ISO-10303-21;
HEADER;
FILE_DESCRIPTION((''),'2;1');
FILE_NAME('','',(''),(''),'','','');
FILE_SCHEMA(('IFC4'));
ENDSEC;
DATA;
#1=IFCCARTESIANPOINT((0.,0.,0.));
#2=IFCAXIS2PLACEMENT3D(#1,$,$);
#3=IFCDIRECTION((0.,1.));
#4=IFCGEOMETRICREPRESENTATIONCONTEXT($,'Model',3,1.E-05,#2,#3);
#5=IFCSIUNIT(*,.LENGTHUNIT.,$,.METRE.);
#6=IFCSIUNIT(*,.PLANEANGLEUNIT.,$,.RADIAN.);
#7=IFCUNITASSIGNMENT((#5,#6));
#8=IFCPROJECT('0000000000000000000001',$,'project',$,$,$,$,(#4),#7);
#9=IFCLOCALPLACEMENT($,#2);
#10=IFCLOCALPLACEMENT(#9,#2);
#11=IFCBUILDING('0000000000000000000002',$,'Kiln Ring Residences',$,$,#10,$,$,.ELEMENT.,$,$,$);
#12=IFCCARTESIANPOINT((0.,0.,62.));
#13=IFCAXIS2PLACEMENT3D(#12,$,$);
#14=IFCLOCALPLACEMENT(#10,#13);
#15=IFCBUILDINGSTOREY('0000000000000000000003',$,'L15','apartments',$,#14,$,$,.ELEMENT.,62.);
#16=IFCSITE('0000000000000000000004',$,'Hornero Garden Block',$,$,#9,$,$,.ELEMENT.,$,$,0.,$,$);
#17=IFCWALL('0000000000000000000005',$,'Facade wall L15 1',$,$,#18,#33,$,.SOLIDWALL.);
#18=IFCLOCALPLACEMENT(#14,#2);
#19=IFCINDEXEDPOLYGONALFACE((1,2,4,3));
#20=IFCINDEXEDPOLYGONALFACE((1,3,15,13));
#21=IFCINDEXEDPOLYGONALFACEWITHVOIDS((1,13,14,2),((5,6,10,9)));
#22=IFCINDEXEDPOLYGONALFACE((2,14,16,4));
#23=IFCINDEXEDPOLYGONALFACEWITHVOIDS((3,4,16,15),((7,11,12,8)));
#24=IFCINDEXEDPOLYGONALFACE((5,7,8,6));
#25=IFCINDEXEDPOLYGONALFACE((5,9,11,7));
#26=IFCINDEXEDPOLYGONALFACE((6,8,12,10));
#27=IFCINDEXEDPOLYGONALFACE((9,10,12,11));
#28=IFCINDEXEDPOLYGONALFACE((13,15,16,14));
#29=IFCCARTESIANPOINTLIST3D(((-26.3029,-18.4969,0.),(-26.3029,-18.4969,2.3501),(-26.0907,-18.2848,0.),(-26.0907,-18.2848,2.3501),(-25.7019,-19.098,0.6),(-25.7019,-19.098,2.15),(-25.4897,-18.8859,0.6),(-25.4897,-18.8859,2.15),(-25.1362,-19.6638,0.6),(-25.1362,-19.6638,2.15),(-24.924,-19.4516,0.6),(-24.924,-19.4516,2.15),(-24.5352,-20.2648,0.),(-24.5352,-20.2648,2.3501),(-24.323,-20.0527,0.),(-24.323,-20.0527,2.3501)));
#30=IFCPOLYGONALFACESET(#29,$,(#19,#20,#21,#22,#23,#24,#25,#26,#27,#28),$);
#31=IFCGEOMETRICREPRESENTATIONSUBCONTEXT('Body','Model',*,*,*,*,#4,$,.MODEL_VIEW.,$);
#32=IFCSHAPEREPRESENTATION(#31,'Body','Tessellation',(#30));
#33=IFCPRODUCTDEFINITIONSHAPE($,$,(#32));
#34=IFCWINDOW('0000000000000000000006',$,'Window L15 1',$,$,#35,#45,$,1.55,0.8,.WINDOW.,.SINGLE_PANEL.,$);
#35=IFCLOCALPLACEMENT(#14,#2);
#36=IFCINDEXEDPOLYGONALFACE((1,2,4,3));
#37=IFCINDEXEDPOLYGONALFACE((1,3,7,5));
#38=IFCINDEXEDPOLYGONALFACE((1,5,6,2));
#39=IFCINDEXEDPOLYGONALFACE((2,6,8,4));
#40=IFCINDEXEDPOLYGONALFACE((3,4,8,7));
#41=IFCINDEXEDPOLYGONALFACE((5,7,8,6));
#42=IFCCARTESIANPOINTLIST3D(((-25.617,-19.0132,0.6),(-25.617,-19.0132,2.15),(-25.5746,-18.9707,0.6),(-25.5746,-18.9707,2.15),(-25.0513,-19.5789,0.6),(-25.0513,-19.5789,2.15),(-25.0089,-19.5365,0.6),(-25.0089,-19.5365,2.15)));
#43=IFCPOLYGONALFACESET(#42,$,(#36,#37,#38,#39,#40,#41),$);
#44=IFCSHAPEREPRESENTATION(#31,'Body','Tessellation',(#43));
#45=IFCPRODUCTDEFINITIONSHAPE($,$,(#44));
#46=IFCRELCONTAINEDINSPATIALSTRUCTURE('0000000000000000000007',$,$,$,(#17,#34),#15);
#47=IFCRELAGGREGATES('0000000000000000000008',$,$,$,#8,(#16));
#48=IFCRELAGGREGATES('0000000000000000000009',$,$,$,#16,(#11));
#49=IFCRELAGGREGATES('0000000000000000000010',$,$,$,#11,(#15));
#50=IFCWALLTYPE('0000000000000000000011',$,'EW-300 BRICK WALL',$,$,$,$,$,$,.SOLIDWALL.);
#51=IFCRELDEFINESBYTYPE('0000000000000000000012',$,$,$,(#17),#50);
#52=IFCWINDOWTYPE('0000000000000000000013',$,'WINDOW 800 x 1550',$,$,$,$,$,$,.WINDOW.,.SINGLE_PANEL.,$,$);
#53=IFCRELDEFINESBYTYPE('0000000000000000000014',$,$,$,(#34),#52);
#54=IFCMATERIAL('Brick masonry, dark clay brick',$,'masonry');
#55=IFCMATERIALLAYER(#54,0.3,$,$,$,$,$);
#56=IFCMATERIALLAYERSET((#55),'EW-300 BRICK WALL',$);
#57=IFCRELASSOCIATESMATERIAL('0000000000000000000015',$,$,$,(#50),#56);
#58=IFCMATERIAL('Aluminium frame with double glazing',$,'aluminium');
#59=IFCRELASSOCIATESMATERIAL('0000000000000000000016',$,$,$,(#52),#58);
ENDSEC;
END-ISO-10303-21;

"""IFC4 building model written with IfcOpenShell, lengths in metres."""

from ifc_helpers import new_model, si_unit, direction, frame, frame_2d, origin, place, context, subcontext, project, spatial, rectangle, extrude, material, layer, layer_set, type_object, element, fill, save


model = new_model("IFC4")

# Units and contexts
model_context = context("Model", 3, precision=1e-05, world=origin(), true_north=direction((0.0, 1.0)))
body_context = subcontext(model_context, "Body", "Model", "MODEL_VIEW")
ifc_project = project(units=[si_unit("LENGTHUNIT", "METRE"), si_unit("PLANEANGLEUNIT", "RADIAN")], contexts=[model_context])

# Site, building, storey
site_placement = place(None, origin())
site = spatial("IfcSite", under=ifc_project, at=site_placement, Name="Hornero Garden Block", CompositionType="ELEMENT", RefElevation=0.0)
building_placement = place(site_placement, origin())
building = spatial("IfcBuilding", under=site, at=building_placement, Name="Kiln Ring Residences", CompositionType="ELEMENT")
storey_placement = place(building_placement, frame((0.0, 0.0, 62.0)))
storey = spatial("IfcBuildingStorey", under=building, at=storey_placement, Name="L15", Description="apartments", CompositionType="ELEMENT", Elevation=62.0)

# Wall, opening, window
ifc_material_1 = material(Name="Brick masonry, dark clay brick", Category="masonry")
ifc_layer_1 = layer(ifc_material_1, 0.3)
ifc_layer_set_1 = layer_set([ifc_layer_1], Name="EW-300 BRICK WALL")
wall_type_1 = type_object("IfcWallType", Name="EW-300 BRICK WALL", PredefinedType="SOLIDWALL", material=ifc_layer_set_1)
wall_1_placement = place(storey_placement, frame((-26.1968, -18.3909, 0.0), z_axis=(0.0, 0.0, 1.0), x_axis=(0.707058, -0.707156, 0.0)))
wall_1 = element("IfcWall", 1, at=wall_1_placement, inside=storey, type_object=wall_type_1, Name="Facade wall L15 1", PredefinedType="SOLIDWALL", context=body_context, shape_type="SweptSolid", body=[
    extrude(rectangle(XDim=2.5, YDim=0.3, at=frame_2d((1.25, 0.0))), origin(), (0.0, 0.0, 1.0), 2.3501),
])
opening_1_placement = place(wall_1_placement, frame((0.8501, 0.0, 0.6001)))
opening_1 = element("IfcOpeningElement", 2, at=opening_1_placement, cuts=wall_1, PredefinedType="OPENING", context=body_context, shape_type="SweptSolid", body=[
    extrude(rectangle(XDim=0.8, YDim=1.55, at=frame_2d((0.3999, 0.7749))), frame((0.0, 0.1599, 0.0), z_axis=(0.0, -1.0, 0.0), x_axis=(1.0, 0.0, 0.0)), (0.0, 0.0, 1.0), 0.3201),
])
ifc_material_2 = material(Name="Aluminium frame with double glazing", Category="aluminium")
window_type = type_object("IfcWindowType", Name="WINDOW 800 x 1550", PartitioningType="SINGLE_PANEL", PredefinedType="WINDOW", material=ifc_material_2)
window_placement = place(opening_1_placement, origin())
window = element("IfcWindow", 3, at=window_placement, inside=storey, type_object=window_type, Name="Window L15 1", OverallHeight=1.55, OverallWidth=0.8, PartitioningType="SINGLE_PANEL", PredefinedType="WINDOW", context=body_context, shape_type="SweptSolid", body=[
    extrude(rectangle(XDim=0.8, YDim=1.55, at=frame_2d((0.3999, 0.7749))), frame((0.0, 0.03, 0.0), z_axis=(0.0, -1.0, 0.0), x_axis=(1.0, 0.0, 0.0)), (0.0, 0.0, 1.0), 0.0601),
])
fill(opening_1, window)

save(model, "model.ifc")
